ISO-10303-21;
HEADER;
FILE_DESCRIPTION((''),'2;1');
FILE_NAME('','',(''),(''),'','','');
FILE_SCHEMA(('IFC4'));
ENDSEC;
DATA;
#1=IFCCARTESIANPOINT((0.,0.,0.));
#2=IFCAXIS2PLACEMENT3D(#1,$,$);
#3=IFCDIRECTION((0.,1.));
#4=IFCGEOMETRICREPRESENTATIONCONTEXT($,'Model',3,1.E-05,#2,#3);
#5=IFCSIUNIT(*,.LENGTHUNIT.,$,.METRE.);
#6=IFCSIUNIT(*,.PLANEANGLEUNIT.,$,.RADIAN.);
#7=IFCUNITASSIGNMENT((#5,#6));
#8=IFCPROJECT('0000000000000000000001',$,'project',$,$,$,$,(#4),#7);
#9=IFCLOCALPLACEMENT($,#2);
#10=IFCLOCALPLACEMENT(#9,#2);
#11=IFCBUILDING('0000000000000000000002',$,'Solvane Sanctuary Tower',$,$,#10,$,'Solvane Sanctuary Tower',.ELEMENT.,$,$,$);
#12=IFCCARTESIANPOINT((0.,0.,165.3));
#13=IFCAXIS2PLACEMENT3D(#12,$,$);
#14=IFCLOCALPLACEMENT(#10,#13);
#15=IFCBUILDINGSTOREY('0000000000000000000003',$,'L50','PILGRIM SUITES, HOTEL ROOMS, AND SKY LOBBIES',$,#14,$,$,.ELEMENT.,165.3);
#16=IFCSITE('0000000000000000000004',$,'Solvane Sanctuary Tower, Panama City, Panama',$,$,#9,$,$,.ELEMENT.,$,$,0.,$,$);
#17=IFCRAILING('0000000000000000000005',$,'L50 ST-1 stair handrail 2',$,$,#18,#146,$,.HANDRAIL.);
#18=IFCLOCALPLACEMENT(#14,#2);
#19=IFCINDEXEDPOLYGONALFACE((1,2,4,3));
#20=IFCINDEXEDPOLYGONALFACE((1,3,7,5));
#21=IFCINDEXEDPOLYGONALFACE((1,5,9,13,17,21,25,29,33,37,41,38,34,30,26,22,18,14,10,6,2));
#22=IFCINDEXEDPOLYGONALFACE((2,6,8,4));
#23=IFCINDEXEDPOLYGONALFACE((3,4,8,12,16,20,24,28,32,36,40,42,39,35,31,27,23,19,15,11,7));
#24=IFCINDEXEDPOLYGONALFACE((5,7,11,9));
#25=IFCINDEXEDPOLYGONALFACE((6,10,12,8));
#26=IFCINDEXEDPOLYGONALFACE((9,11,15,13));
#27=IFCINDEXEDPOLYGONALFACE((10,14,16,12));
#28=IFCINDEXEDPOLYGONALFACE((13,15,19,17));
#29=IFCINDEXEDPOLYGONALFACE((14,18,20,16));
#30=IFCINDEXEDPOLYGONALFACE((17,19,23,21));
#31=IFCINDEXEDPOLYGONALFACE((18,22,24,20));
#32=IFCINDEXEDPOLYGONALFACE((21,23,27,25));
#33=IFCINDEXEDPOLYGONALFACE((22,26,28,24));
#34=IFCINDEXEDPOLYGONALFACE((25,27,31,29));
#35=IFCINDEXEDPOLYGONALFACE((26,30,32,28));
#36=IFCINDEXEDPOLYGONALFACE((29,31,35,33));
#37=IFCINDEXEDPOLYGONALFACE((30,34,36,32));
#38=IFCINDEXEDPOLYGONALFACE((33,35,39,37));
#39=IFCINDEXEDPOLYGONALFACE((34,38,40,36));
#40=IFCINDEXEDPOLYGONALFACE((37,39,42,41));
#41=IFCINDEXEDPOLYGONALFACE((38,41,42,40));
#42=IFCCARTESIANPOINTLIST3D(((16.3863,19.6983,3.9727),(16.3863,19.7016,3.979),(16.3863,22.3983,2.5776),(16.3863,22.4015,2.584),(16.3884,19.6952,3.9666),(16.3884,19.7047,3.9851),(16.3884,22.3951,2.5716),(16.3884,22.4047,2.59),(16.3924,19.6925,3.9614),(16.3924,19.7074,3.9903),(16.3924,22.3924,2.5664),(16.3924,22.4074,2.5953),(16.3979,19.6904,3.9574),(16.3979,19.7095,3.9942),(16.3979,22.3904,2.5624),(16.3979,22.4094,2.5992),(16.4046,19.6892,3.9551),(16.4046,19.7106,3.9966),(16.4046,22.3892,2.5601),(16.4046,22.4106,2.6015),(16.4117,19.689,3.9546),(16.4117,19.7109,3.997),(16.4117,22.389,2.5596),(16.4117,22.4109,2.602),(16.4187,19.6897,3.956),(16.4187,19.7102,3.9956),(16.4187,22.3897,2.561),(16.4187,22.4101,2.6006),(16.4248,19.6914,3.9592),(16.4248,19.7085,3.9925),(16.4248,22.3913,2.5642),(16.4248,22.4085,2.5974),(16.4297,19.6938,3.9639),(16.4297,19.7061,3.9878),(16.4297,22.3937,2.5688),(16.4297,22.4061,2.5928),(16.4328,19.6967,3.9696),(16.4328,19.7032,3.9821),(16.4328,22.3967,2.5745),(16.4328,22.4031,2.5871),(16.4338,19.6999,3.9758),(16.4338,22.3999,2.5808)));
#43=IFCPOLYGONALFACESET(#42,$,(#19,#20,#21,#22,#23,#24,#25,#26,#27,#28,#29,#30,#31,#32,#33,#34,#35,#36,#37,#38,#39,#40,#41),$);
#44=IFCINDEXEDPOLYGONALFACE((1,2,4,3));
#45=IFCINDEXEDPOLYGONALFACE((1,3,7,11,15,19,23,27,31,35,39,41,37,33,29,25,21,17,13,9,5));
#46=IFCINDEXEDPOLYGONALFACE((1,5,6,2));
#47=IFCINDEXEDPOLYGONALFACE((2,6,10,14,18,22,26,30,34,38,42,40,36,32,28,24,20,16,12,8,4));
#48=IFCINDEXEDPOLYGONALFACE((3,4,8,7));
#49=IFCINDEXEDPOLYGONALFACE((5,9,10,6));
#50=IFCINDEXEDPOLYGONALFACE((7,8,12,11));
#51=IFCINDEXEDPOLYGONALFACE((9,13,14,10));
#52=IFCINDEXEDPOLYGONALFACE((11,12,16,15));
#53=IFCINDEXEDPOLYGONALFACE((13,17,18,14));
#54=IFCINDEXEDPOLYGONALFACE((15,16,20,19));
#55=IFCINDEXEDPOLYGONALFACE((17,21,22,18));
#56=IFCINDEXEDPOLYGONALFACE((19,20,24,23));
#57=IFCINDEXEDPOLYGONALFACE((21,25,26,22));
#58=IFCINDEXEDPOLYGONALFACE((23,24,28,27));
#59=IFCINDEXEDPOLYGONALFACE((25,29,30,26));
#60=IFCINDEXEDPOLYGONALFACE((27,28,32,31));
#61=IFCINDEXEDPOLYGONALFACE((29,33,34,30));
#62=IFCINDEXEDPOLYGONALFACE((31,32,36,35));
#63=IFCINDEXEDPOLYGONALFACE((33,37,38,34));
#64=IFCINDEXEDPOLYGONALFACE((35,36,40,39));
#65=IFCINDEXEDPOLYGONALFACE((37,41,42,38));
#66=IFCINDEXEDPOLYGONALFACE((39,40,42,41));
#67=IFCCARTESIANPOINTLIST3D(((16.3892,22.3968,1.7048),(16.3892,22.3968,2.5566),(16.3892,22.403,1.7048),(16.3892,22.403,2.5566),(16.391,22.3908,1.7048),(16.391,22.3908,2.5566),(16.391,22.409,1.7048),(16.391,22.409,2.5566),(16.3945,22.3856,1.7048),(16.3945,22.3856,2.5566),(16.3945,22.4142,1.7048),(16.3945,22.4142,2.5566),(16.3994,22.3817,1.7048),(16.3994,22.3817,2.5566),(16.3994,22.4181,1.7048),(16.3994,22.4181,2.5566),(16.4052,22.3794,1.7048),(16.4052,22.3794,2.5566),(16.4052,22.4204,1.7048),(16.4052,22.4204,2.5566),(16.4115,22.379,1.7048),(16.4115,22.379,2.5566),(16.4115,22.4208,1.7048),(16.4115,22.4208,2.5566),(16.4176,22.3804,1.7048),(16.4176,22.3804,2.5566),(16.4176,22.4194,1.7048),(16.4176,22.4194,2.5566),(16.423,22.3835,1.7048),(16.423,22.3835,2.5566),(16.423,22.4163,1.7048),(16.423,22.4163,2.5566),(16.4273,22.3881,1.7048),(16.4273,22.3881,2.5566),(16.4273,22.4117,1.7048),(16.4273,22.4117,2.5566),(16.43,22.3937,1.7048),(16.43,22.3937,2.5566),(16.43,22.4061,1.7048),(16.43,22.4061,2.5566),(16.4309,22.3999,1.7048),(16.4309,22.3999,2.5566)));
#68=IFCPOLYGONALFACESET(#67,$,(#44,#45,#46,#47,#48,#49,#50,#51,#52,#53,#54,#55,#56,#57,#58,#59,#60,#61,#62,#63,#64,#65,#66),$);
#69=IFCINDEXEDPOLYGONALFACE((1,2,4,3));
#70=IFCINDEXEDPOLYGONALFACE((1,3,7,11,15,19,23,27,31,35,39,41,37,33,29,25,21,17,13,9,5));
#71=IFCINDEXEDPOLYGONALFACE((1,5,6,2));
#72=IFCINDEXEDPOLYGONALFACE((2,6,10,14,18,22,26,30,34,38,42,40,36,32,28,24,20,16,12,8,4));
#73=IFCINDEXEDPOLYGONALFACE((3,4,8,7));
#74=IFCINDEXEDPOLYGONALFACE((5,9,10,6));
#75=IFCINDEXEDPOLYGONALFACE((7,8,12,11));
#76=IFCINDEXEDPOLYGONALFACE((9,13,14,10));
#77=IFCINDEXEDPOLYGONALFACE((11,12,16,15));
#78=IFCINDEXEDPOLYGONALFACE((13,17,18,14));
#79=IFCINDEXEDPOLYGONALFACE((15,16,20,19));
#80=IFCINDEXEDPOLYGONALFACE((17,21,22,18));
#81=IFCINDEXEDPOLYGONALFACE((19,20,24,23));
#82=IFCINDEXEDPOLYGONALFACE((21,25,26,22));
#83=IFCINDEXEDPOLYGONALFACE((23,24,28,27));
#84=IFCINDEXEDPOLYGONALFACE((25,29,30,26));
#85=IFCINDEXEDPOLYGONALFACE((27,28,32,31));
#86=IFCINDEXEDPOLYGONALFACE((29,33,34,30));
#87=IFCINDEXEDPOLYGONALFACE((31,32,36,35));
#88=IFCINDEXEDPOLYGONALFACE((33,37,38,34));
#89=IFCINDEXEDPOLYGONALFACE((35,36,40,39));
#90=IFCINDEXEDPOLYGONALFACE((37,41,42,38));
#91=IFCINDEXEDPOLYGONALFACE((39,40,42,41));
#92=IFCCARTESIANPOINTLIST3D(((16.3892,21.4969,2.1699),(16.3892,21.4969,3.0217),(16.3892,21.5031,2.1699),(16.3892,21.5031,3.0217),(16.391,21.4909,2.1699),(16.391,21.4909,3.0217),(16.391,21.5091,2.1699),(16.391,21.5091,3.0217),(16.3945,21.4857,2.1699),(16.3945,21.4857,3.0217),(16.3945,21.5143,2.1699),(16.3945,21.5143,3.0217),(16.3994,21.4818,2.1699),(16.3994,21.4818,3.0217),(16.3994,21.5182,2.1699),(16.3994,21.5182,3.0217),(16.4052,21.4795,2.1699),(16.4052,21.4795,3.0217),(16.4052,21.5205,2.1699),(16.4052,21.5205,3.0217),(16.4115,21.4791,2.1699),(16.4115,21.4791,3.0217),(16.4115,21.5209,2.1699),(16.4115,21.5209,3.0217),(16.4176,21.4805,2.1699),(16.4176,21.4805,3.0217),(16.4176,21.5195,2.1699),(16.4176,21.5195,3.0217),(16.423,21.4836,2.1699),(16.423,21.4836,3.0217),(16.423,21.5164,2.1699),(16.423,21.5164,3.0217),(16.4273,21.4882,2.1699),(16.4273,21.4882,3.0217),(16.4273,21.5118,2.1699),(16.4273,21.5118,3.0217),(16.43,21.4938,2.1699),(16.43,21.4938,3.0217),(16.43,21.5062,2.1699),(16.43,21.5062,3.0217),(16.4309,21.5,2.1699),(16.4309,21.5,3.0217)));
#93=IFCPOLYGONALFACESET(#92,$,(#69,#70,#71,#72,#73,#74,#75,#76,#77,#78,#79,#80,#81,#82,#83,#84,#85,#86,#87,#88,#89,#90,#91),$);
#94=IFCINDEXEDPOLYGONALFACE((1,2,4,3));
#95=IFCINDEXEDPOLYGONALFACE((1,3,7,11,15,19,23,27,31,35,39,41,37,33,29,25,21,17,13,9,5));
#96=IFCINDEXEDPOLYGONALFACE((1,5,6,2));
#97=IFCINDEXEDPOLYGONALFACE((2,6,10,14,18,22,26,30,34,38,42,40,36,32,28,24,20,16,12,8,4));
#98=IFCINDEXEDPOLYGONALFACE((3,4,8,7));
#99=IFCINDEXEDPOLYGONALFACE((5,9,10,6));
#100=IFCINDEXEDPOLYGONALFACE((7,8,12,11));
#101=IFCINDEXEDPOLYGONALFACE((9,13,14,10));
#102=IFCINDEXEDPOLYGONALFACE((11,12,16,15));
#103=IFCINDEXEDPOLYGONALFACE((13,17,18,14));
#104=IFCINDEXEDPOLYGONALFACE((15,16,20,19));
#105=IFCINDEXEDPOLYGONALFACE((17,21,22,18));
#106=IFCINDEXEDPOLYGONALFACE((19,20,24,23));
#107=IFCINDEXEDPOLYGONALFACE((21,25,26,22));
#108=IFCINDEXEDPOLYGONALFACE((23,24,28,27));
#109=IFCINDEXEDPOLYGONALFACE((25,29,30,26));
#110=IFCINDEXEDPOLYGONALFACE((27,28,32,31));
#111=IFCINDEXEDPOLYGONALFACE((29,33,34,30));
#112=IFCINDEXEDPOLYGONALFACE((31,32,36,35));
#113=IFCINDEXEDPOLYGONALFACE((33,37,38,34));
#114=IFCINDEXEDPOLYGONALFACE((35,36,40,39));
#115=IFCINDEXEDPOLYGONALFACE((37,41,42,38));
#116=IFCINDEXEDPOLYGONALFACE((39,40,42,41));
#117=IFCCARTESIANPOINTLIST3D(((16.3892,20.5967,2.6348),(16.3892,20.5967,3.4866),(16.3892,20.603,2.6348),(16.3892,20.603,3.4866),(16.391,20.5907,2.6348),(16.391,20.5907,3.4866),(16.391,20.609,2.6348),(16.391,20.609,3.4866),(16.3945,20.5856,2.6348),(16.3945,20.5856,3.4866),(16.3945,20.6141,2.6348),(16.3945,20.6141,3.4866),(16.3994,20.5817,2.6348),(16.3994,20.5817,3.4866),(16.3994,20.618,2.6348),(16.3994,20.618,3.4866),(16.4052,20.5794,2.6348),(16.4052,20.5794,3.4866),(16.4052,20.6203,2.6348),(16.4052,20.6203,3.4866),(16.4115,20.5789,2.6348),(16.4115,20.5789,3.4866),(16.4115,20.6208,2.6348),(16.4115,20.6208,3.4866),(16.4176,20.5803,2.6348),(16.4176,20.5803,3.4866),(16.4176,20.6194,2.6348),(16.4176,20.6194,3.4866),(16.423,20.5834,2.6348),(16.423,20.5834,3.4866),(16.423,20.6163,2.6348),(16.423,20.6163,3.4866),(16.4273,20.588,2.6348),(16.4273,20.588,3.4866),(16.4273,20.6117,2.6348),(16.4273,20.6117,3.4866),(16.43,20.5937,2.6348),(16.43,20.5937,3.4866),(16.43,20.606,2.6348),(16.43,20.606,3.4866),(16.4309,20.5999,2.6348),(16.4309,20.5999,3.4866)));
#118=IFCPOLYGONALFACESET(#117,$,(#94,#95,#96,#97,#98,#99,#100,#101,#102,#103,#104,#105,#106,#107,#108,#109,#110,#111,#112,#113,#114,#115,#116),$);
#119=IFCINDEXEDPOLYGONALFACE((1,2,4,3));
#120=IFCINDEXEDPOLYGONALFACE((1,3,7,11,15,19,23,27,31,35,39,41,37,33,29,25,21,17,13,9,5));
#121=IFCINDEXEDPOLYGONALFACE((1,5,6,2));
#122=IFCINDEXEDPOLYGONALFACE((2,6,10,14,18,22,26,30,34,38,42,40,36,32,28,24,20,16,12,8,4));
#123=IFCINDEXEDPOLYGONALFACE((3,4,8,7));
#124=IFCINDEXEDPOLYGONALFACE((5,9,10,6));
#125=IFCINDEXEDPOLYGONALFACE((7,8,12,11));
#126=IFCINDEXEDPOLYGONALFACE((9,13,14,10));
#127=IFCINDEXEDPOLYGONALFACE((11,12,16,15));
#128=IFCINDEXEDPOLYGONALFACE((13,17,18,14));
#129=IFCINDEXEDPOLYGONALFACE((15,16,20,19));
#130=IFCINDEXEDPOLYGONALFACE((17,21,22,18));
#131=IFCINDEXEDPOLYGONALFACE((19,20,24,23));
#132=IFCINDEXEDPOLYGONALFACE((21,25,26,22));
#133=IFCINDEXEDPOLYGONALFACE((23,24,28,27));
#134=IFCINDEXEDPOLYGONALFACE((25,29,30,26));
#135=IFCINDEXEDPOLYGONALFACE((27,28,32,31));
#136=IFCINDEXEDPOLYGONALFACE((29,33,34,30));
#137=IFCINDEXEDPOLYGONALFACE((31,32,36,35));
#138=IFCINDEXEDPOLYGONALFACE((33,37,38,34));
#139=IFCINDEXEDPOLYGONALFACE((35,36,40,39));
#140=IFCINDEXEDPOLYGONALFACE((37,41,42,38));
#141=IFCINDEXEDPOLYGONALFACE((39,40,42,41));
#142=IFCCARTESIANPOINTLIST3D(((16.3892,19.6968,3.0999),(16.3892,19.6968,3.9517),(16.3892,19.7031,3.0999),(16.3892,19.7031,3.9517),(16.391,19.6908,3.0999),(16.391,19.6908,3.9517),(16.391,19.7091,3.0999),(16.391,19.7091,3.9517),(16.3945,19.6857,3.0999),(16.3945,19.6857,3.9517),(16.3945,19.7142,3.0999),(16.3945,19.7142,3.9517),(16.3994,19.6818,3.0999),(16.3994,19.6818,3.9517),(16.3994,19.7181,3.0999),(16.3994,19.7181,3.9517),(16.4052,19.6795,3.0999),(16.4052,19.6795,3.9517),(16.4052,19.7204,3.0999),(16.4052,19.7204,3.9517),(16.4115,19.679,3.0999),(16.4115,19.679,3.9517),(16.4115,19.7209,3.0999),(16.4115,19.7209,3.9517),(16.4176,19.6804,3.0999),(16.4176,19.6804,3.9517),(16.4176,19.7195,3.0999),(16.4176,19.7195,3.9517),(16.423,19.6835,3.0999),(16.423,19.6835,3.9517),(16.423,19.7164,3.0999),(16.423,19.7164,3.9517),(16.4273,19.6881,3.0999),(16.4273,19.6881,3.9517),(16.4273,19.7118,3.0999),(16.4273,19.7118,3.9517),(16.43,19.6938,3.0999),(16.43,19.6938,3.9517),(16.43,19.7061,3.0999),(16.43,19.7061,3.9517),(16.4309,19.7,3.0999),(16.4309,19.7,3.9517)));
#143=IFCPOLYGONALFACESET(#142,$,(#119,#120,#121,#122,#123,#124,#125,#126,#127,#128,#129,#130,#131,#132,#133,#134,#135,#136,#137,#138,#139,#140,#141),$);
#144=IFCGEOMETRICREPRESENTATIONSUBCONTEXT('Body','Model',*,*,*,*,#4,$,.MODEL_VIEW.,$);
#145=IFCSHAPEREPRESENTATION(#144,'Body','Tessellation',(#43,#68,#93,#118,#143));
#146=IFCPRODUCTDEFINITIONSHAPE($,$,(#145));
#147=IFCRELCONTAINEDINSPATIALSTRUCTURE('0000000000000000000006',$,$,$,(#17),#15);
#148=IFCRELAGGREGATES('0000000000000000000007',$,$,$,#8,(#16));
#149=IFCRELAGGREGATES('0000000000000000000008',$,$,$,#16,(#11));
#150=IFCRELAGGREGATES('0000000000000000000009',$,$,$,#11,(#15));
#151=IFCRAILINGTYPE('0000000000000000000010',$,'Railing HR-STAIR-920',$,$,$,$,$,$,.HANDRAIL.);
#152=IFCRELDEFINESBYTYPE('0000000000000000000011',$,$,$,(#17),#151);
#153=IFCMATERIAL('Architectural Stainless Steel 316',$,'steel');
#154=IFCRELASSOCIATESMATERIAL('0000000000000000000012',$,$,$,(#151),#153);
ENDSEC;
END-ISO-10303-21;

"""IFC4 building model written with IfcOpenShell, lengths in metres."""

from ifc_helpers import new_model, si_unit, direction, frame, origin, origin_2d, place, context, subcontext, project, spatial, circle, extrude, material, type_object, element, save


model = new_model("IFC4")

# Units and contexts
model_context = context("Model", 3, precision=1e-05, world=origin(), true_north=direction((0.0, 1.0)))
body_context = subcontext(model_context, "Body", "Model", "MODEL_VIEW")
ifc_project = project(units=[si_unit("LENGTHUNIT", "METRE"), si_unit("PLANEANGLEUNIT", "RADIAN")], contexts=[model_context])

# Site, building, storey
site_placement = place(None, origin())
site = spatial("IfcSite", under=ifc_project, at=site_placement, Name="Solvane Sanctuary Tower, Panama City, Panama", CompositionType="ELEMENT", RefElevation=0.0)
building_placement = place(site_placement, origin())
building = spatial("IfcBuilding", under=site, at=building_placement, Name="Solvane Sanctuary Tower", LongName="Solvane Sanctuary Tower", CompositionType="ELEMENT")
storey_placement = place(building_placement, frame((0.0, 0.0, 165.3)))
storey = spatial("IfcBuildingStorey", under=building, at=storey_placement, Name="L50", Description="PILGRIM SUITES, HOTEL ROOMS, AND SKY LOBBIES", CompositionType="ELEMENT", Elevation=165.3)

# Railing
ifc_material_1 = material(Name="Architectural Stainless Steel 316", Category="steel")
railing_type_1 = type_object("IfcRailingType", Name="Railing HR-STAIR-920", PredefinedType="HANDRAIL", material=ifc_material_1)
railing_1_placement = place(storey_placement, frame((16.4099, 22.3999, 1.7048)))
element("IfcRailing", 1, at=railing_1_placement, inside=storey, type_object=railing_type_1, Name="L50 ST-1 stair handrail 2", PredefinedType="HANDRAIL", context=body_context, shape_type="SweptSolid", body=[
    extrude(circle(Radius=0.0239, at=origin_2d()), frame((0.0, 0.0, 0.876), z_axis=(0.0, -0.88842, 0.459032), x_axis=(1.0, 0.0, 0.0)), (0.0, 0.0, 1.0), 3.0391),
    extrude(circle(Radius=0.021, at=origin_2d()), origin(), (0.0, 0.0, 1.0), 0.8518),
    extrude(circle(Radius=0.021, at=origin_2d()), frame((0.0, -0.8999, 0.4651)), (0.0, 0.0, 1.0), 0.8518),
    extrude(circle(Radius=0.021, at=origin_2d()), frame((0.0, -1.8, 0.9299)), (0.0, 0.0, 1.0), 0.8518),
    extrude(circle(Radius=0.021, at=origin_2d()), frame((0.0, -2.7, 1.395)), (0.0, 0.0, 1.0), 0.8518),
])

save(model, "model.ifc")
